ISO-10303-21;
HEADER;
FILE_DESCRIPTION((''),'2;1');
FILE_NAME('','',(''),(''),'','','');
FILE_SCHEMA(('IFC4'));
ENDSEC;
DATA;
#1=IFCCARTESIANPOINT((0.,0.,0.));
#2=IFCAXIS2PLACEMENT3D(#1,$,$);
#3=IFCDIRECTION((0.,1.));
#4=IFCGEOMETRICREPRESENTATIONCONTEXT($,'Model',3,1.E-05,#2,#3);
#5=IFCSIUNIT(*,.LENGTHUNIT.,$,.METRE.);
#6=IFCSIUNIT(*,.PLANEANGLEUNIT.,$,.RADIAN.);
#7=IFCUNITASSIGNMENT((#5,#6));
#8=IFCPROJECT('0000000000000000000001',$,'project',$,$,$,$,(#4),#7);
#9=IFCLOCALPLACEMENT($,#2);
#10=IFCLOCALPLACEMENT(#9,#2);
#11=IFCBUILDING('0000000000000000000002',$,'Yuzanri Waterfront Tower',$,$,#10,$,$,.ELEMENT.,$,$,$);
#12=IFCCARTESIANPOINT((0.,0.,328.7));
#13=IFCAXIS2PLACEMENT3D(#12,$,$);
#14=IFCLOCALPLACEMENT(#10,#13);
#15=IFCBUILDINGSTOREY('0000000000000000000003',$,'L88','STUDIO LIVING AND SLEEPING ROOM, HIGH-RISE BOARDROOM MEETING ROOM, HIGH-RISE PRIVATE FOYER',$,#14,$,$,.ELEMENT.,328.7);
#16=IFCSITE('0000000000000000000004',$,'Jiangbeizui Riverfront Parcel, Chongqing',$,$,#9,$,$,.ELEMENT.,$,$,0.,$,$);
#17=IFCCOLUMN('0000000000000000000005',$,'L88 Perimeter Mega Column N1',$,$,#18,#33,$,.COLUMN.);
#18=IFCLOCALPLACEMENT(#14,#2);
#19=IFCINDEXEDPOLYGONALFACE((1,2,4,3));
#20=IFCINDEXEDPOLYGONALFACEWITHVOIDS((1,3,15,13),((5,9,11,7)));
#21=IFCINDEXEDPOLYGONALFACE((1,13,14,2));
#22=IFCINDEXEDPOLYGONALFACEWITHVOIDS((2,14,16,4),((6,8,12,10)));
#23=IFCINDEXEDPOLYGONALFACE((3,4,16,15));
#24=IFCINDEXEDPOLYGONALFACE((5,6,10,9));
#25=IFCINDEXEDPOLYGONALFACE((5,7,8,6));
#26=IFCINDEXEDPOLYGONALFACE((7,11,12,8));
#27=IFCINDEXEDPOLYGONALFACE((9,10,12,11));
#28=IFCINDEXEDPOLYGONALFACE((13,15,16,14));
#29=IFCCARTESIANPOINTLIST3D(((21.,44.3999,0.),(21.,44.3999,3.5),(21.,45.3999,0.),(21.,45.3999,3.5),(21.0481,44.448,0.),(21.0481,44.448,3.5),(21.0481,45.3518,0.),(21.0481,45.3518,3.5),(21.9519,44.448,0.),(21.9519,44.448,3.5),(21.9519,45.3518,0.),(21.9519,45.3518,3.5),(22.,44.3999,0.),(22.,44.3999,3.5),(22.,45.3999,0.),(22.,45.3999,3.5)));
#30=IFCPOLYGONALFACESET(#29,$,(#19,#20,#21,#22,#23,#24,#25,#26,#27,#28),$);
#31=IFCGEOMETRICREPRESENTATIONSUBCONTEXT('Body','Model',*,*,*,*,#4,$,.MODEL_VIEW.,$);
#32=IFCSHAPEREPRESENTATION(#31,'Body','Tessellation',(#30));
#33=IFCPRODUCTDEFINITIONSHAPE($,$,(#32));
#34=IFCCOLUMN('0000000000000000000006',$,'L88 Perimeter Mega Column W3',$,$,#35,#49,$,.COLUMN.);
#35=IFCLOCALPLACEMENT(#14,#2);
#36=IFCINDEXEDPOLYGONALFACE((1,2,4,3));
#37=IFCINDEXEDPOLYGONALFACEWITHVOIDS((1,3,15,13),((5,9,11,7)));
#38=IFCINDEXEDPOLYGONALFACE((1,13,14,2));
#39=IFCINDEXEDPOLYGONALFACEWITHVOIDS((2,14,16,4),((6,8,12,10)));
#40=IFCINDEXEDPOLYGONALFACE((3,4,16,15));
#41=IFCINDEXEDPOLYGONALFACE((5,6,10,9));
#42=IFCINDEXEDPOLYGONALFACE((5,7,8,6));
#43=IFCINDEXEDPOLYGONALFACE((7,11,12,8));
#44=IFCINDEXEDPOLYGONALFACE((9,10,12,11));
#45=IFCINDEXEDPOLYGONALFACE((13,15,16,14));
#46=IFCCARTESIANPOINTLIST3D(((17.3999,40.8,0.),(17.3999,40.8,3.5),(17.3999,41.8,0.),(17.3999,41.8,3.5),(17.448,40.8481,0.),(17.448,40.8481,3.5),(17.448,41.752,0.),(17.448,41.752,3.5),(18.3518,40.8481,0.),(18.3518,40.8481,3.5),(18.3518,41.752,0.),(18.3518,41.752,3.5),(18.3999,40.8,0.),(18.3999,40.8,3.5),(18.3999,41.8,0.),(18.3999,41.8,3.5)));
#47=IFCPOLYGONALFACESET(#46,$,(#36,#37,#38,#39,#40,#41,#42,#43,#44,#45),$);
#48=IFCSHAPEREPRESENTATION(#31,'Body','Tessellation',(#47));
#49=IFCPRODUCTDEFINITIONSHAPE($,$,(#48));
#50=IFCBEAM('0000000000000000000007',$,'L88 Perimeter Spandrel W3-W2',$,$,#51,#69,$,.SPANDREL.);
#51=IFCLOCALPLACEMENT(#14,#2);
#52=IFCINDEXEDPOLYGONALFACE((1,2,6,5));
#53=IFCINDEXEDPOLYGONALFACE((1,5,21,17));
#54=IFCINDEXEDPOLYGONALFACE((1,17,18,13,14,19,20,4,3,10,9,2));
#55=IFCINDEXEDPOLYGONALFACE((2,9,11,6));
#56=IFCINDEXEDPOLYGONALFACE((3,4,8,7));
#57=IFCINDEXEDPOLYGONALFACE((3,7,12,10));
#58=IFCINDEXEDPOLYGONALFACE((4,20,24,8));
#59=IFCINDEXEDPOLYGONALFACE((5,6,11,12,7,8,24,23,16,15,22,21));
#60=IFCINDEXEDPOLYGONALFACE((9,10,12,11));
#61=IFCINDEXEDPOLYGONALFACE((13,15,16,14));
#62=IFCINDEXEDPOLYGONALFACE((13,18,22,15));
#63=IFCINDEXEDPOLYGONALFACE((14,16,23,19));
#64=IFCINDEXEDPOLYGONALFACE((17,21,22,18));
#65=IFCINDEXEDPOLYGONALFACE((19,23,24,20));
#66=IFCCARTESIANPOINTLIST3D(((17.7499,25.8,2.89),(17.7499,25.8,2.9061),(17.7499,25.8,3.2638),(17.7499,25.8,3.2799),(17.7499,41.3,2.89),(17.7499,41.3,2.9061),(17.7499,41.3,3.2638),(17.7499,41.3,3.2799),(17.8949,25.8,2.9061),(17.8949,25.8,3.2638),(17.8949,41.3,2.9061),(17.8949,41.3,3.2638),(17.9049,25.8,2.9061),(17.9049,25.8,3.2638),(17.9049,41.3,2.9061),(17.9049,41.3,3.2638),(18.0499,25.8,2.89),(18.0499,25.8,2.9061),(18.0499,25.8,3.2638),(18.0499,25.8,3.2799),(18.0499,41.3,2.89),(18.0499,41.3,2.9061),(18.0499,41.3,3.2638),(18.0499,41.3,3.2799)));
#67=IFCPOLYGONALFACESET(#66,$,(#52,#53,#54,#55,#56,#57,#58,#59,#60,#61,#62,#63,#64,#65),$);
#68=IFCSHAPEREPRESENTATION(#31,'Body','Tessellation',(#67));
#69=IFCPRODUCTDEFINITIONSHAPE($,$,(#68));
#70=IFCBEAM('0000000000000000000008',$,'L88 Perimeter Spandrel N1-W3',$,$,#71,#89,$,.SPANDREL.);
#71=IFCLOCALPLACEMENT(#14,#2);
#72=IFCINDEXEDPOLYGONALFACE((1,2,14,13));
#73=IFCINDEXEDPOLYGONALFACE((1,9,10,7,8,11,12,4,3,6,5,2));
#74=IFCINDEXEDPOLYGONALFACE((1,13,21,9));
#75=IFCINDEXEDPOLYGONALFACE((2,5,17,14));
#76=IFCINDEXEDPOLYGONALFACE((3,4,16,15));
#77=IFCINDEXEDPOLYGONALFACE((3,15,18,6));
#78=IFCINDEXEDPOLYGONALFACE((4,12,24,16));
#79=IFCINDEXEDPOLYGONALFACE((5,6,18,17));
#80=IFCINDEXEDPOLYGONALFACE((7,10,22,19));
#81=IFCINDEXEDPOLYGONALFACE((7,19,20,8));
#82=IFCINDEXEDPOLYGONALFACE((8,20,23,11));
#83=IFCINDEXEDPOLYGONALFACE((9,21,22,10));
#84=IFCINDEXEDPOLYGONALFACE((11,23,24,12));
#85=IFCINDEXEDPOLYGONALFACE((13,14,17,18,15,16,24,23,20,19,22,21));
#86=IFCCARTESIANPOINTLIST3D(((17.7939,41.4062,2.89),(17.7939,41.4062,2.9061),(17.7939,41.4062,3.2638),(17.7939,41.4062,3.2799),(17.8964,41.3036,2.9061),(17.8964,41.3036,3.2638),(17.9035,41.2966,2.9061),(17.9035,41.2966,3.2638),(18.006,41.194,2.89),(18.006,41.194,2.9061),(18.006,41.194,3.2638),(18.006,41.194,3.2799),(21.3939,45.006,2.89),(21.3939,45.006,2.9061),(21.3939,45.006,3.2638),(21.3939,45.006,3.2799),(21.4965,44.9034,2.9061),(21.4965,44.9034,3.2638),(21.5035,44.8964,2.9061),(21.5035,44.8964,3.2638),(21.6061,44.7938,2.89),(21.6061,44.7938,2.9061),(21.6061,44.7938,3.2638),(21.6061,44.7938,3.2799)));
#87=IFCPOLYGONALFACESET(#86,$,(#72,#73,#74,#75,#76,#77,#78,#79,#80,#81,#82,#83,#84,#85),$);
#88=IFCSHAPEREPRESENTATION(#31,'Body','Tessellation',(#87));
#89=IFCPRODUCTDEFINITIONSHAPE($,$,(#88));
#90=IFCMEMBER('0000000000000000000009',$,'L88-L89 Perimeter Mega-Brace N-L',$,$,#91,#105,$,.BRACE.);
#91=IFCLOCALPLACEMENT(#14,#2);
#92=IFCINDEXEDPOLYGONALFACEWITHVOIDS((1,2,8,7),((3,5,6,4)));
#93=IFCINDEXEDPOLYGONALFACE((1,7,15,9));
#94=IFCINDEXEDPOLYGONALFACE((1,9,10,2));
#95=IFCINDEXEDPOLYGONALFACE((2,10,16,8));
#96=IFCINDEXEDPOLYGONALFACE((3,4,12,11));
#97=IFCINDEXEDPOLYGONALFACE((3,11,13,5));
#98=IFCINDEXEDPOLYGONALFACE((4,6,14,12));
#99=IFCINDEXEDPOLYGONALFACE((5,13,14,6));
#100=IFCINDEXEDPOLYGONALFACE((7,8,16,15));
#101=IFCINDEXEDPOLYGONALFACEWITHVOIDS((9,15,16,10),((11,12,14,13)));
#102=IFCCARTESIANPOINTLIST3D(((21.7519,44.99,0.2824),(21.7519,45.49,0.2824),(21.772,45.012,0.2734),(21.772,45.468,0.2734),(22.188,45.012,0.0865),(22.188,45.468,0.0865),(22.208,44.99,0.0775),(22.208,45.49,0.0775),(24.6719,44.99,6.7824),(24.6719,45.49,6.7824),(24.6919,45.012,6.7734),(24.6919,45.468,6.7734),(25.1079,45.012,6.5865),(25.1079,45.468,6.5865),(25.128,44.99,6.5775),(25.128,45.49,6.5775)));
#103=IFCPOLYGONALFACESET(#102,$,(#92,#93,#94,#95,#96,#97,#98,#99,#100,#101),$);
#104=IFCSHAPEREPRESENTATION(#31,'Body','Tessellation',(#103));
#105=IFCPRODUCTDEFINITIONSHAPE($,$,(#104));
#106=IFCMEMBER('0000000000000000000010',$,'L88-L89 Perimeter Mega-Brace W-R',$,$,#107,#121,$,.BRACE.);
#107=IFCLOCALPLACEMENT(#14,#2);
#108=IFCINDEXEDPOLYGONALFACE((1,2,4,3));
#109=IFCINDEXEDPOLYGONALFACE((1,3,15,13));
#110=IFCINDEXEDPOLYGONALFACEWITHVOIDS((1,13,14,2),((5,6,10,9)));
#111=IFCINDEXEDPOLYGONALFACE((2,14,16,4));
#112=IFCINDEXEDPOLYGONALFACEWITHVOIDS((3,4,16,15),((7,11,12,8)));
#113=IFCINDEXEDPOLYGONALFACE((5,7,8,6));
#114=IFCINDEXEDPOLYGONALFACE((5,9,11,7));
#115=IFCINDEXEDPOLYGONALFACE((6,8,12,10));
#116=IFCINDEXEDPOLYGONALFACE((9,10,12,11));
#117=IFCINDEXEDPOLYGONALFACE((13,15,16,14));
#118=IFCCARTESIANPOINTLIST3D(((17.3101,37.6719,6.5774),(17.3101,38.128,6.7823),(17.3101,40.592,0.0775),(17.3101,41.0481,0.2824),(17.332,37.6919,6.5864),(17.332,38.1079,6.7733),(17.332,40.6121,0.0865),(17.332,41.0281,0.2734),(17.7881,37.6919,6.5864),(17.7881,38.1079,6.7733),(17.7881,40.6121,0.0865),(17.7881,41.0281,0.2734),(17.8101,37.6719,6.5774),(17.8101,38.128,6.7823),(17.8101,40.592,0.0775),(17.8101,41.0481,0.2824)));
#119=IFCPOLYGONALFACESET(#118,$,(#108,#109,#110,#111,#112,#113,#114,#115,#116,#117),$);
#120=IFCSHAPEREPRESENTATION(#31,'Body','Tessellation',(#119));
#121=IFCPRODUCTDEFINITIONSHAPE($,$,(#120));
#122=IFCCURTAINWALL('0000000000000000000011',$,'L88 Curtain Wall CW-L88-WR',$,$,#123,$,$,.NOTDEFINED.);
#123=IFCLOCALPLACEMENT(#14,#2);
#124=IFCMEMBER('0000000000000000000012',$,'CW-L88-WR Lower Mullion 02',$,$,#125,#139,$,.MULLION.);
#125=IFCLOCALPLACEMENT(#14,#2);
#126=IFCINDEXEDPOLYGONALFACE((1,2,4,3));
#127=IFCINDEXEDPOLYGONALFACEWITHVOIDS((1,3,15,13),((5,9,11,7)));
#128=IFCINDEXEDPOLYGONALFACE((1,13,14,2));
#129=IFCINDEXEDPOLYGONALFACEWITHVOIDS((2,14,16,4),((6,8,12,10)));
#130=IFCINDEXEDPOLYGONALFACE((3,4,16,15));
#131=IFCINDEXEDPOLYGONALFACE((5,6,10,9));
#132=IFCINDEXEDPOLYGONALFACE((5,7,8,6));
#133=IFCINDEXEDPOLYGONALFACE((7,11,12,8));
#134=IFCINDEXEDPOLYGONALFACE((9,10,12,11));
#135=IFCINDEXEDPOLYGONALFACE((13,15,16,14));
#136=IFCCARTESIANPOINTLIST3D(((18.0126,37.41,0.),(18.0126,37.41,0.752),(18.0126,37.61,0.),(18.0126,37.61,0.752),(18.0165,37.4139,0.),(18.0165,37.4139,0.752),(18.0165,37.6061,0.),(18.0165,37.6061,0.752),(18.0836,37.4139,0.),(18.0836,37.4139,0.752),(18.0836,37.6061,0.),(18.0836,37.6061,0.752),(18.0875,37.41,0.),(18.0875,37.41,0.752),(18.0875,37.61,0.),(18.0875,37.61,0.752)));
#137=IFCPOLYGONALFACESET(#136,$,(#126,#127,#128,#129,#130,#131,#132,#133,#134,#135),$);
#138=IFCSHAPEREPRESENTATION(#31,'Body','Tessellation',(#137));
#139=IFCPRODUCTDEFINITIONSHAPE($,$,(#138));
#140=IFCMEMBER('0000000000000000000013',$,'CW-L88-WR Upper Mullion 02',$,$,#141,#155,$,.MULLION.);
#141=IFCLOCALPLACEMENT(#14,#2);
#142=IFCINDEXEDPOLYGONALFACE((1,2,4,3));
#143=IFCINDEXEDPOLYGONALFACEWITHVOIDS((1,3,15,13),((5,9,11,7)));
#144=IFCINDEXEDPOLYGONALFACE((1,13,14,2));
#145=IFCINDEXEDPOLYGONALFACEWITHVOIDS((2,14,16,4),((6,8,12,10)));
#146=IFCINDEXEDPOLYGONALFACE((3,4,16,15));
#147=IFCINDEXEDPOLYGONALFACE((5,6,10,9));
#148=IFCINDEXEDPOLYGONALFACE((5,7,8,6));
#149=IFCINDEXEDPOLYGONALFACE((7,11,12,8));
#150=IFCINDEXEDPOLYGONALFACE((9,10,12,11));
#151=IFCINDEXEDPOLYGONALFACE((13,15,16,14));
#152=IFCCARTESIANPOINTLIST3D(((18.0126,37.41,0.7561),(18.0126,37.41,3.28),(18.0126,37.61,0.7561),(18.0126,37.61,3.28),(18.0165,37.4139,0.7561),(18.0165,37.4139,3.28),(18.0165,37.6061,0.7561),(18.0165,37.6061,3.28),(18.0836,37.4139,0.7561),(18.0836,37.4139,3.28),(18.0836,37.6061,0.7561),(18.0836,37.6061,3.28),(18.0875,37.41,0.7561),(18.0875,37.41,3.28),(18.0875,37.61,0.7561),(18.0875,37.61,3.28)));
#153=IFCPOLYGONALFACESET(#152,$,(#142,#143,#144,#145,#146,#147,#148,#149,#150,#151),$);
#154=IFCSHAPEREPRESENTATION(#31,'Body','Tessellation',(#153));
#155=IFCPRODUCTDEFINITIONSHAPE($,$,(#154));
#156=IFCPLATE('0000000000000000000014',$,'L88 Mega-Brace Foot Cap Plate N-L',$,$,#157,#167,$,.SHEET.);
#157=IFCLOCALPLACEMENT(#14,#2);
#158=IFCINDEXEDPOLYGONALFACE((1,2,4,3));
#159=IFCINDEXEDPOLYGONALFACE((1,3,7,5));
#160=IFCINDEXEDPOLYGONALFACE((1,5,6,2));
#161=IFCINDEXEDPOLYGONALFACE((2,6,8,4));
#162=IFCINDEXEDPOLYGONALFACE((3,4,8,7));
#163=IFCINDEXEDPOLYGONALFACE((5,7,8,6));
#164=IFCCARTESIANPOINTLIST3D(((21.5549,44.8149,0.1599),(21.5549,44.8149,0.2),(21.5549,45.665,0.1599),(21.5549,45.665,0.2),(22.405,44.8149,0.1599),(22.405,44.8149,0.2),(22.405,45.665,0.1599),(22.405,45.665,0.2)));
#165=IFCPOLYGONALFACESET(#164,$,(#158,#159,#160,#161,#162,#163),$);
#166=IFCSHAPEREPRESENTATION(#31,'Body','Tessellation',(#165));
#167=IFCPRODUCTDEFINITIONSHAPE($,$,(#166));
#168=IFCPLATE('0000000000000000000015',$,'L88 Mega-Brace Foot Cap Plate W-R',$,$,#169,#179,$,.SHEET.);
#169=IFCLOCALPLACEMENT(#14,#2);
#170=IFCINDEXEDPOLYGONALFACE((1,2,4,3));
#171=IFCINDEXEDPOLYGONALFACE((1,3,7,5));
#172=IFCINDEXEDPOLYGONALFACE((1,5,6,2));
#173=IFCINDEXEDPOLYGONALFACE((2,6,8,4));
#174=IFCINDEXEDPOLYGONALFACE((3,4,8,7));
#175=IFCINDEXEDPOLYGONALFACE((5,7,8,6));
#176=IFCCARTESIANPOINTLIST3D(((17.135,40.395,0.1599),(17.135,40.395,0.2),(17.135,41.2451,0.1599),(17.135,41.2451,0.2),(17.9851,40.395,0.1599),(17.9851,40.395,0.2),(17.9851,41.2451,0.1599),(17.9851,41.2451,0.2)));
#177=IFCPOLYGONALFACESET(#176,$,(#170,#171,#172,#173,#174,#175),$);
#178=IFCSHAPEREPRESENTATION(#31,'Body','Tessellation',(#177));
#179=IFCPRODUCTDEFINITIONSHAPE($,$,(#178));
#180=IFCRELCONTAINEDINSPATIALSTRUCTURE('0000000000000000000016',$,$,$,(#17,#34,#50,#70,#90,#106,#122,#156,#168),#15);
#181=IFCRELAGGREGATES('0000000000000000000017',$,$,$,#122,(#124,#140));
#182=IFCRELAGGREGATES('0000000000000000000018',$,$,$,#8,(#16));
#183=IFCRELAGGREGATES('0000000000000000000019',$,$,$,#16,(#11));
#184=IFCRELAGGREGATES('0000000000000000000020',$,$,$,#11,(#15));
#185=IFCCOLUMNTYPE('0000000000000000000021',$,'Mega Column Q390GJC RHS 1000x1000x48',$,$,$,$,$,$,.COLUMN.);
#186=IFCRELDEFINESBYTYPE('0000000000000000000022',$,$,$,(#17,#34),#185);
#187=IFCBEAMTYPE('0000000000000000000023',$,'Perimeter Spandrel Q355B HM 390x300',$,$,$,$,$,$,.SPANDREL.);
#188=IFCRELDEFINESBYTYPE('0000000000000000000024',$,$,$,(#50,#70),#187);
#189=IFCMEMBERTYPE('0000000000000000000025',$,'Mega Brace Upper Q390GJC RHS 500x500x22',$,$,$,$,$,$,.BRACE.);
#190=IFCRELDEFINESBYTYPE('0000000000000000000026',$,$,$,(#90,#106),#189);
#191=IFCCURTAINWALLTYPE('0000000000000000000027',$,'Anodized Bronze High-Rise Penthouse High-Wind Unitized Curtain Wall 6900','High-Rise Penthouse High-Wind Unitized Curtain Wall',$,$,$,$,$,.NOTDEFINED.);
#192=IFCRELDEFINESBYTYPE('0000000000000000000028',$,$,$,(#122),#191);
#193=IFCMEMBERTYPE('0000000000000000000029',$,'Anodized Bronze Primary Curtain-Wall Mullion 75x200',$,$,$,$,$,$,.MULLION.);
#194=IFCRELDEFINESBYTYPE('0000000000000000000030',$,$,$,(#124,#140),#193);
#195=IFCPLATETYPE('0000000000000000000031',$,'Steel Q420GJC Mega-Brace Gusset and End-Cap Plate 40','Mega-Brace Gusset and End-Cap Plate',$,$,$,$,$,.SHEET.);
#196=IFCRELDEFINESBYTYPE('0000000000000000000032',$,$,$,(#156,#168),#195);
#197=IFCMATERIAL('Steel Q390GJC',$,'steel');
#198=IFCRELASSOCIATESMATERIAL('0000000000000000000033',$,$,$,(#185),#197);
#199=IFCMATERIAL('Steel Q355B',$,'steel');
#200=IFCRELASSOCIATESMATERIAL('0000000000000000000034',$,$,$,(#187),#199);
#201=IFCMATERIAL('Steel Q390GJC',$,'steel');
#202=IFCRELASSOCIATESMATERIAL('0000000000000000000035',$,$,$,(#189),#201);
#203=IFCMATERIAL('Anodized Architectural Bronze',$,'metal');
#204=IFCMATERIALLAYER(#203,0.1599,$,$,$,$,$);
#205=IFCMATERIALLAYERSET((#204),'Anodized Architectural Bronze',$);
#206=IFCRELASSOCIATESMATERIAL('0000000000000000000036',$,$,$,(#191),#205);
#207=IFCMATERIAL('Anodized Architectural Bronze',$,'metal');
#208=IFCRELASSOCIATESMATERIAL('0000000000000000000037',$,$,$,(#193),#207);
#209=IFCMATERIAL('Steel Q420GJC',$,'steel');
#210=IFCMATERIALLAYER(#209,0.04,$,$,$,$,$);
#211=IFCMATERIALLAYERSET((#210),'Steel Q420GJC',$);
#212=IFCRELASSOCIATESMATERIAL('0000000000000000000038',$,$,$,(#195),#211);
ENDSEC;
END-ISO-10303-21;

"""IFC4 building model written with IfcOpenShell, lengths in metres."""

from ifc_helpers import new_model, si_unit, direction, frame, origin, origin_2d, place, context, subcontext, project, spatial, rectangle, hollow_rectangle, i_section, extrude, source, transform, mapped, material, layer, layer_set, material_profile, profile_set, type_object, element, aggregate, save


model = new_model("IFC4")

# Units and contexts
model_context = context("Model", 3, precision=1e-05, world=origin(), true_north=direction((0.0, 1.0)))
body_context = subcontext(model_context, "Body", "Model", "MODEL_VIEW")
ifc_project = project(units=[si_unit("LENGTHUNIT", "METRE"), si_unit("PLANEANGLEUNIT", "RADIAN")], contexts=[model_context])

# Site, building, storey
site_placement = place(None, origin())
site = spatial("IfcSite", under=ifc_project, at=site_placement, Name="Jiangbeizui Riverfront Parcel, Chongqing", CompositionType="ELEMENT", RefElevation=0.0)
building_placement = place(site_placement, origin())
building = spatial("IfcBuilding", under=site, at=building_placement, Name="Yuzanri Waterfront Tower", CompositionType="ELEMENT")
storey_placement = place(building_placement, frame((0.0, 0.0, 328.7)))
storey = spatial("IfcBuildingStorey", under=building, at=storey_placement, Name="L88", Description="STUDIO LIVING AND SLEEPING ROOM, HIGH-RISE BOARDROOM MEETING ROOM, HIGH-RISE PRIVATE FOYER", CompositionType="ELEMENT", Elevation=328.7)

# Columns
ifc_material_1 = material(Name="Steel Q390GJC", Category="steel")
ifc_material_profile_1 = material_profile(ifc_material_1, hollow_rectangle(XDim=1.0, YDim=1.0, WallThickness=0.0481, at=origin_2d()), Name="RHS 1000x1000x48")
ifc_profile_set_1 = profile_set([ifc_material_profile_1], Name="Steel Q390GJC")
column_type = type_object("IfcColumnType", Name="Mega Column Q390GJC RHS 1000x1000x48", PredefinedType="COLUMN", material=ifc_profile_set_1)
shared_shape_1 = source(origin(), body_context, "Body", "SweptSolid", [
    extrude(hollow_rectangle(XDim=1.0, YDim=1.0, WallThickness=0.0481, at=origin_2d()), origin(), (0.0, 0.0, 1.0), 3.5),
])
for number, where, z_axis, x_axis, name in (
    (1, (21.5, 44.8999, 0.0), (0.0, 0.0, 1.0), (1.0, 0.0, 0.0), "L88 Perimeter Mega Column N1"),
    (2, (17.8999, 41.3, 0.0), (0.0, 0.0, 1.0), (1.0, 0.0, 0.0), "L88 Perimeter Mega Column W3"),
):
    element("IfcColumn", number, at=place(storey_placement, frame(where, z_axis=z_axis, x_axis=x_axis)), inside=storey, type_object=column_type, Name=name, PredefinedType="COLUMN", context=body_context, shape_type="MappedRepresentation", body=[
        mapped(shared_shape_1, transform((0.0, 0.0, 0.0), scale=1.0)),
    ])

# Beams
ifc_material_2 = material(Name="Steel Q355B", Category="steel")
ifc_material_profile_2 = material_profile(ifc_material_2, i_section(OverallWidth=0.3, OverallDepth=0.3899, WebThickness=0.01, FlangeThickness=0.0161, at=origin_2d()), Name="HM 390x300x10x16")
ifc_profile_set_2 = profile_set([ifc_material_profile_2], Name="Steel Q355B")
beam_type = type_object("IfcBeamType", Name="Perimeter Spandrel Q355B HM 390x300", PredefinedType="SPANDREL", material=ifc_profile_set_2)
shared_shape_2 = source(origin(), body_context, "Body", "SweptSolid", [
    extrude(i_section(OverallWidth=0.3, OverallDepth=0.3899, WebThickness=0.01, FlangeThickness=0.0161, at=origin_2d()), origin(), (0.0, 0.0, 1.0), 15.5),
])
beam_1_placement = place(storey_placement, frame((17.8999, 41.3, 3.085), z_axis=(0.0, -1.0, 0.0), x_axis=(1.0, 0.0, 0.0)))
element("IfcBeam", 3, at=beam_1_placement, inside=storey, type_object=beam_type, Name="L88 Perimeter Spandrel W3-W2", PredefinedType="SPANDREL", context=body_context, shape_type="MappedRepresentation", body=[
    mapped(shared_shape_2, transform((0.0, 0.0, 0.0), scale=1.0)),
])
shared_shape_3 = source(origin(), body_context, "Body", "SweptSolid", [
    extrude(i_section(OverallWidth=0.3, OverallDepth=0.3899, WebThickness=0.01, FlangeThickness=0.0161, at=origin_2d()), origin(), (0.0, 0.0, 1.0), 5.0911),
])
beam_2_placement = place(storey_placement, frame((21.5, 44.8999, 3.085), z_axis=(-0.707131, -0.707083, 0.0), x_axis=(0.707083, -0.707131, 0.0)))
element("IfcBeam", 4, at=beam_2_placement, inside=storey, type_object=beam_type, Name="L88 Perimeter Spandrel N1-W3", PredefinedType="SPANDREL", context=body_context, shape_type="MappedRepresentation", body=[
    mapped(shared_shape_3, transform((0.0, 0.0, 0.0), scale=1.0)),
])

# Members
ifc_material_3 = material(Name="Steel Q390GJC", Category="steel")
ifc_material_profile_3 = material_profile(ifc_material_3, hollow_rectangle(XDim=0.5, YDim=0.5, WallThickness=0.022, at=origin_2d()), Name="RHS 500x500x22")
ifc_profile_set_3 = profile_set([ifc_material_profile_3], Name="Steel Q390GJC")
member_type_1 = type_object("IfcMemberType", Name="Mega Brace Upper Q390GJC RHS 500x500x22", PredefinedType="BRACE", material=ifc_profile_set_3)
shared_shape_4 = source(origin(), body_context, "Body", "SweptSolid", [
    extrude(hollow_rectangle(XDim=0.5, YDim=0.5, WallThickness=0.022, at=origin_2d()), origin(), (0.0, 0.0, 1.0), 7.1257),
])
for number, where, z_axis, x_axis, name in (
    (5, (21.98, 45.24, 0.1799), (0.409772, 0.0, 0.912188), (0.0, 1.0, 0.0), "L88-L89 Perimeter Mega-Brace N-L"),
    (6, (17.5601, 40.8201, 0.1799), (0.0, -0.4098, 0.912175), (1.0, 0.0, 0.0), "L88-L89 Perimeter Mega-Brace W-R"),
):
    element("IfcMember", number, at=place(storey_placement, frame(where, z_axis=z_axis, x_axis=x_axis)), inside=storey, type_object=member_type_1, Name=name, PredefinedType="BRACE", context=body_context, shape_type="MappedRepresentation", body=[
        mapped(shared_shape_4, transform((0.0, 0.0, 0.0), scale=1.0)),
    ])

# Curtain wall, members
ifc_material_4 = material(Name="Anodized Architectural Bronze", Category="metal")
ifc_layer_1 = layer(ifc_material_4, 0.1599)
ifc_layer_set_1 = layer_set([ifc_layer_1], Name="Anodized Architectural Bronze")
curtain_wall_type = type_object("IfcCurtainWallType", Name="Anodized Bronze High-Rise Penthouse High-Wind Unitized Curtain Wall 6900", Description="High-Rise Penthouse High-Wind Unitized Curtain Wall", PredefinedType="NOTDEFINED", material=ifc_layer_set_1)
curtain_wall_placement = place(storey_placement, origin())
curtain_wall = element("IfcCurtainWall", 7, at=curtain_wall_placement, inside=storey, type_object=curtain_wall_type, Name="L88 Curtain Wall CW-L88-WR", PredefinedType="NOTDEFINED")
ifc_material_5 = material(Name="Anodized Architectural Bronze", Category="metal")
ifc_material_profile_4 = material_profile(ifc_material_5, hollow_rectangle(XDim=0.075, YDim=0.2, WallThickness=0.0039, at=origin_2d()), Name="CWM 75x200")
ifc_profile_set_4 = profile_set([ifc_material_profile_4], Name="Anodized Architectural Bronze")
member_type_2 = type_object("IfcMemberType", Name="Anodized Bronze Primary Curtain-Wall Mullion 75x200", PredefinedType="MULLION", material=ifc_profile_set_4)
shared_shape_5 = source(origin(), body_context, "Body", "SweptSolid", [
    extrude(hollow_rectangle(XDim=0.075, YDim=0.2, WallThickness=0.0039, at=origin_2d()), origin(), (0.0, 0.0, 1.0), 0.752),
])
member_1_placement = place(storey_placement, frame((18.05, 37.51, 0.0), z_axis=(0.0, 0.0, 1.0), x_axis=(1.0, 0.0, 0.0)))
member_1 = element("IfcMember", 8, at=member_1_placement, type_object=member_type_2, Name="CW-L88-WR Lower Mullion 02", PredefinedType="MULLION", context=body_context, shape_type="MappedRepresentation", body=[
    mapped(shared_shape_5, transform((0.0, 0.0, 0.0), scale=1.0)),
])
shared_shape_6 = source(origin(), body_context, "Body", "SweptSolid", [
    extrude(hollow_rectangle(XDim=0.075, YDim=0.2, WallThickness=0.0039, at=origin_2d()), origin(), (0.0, 0.0, 1.0), 2.5239),
])
member_2_placement = place(storey_placement, frame((18.05, 37.51, 0.7561), z_axis=(0.0, 0.0, 1.0), x_axis=(1.0, 0.0, 0.0)))
member_2 = element("IfcMember", 9, at=member_2_placement, type_object=member_type_2, Name="CW-L88-WR Upper Mullion 02", PredefinedType="MULLION", context=body_context, shape_type="MappedRepresentation", body=[
    mapped(shared_shape_6, transform((0.0, 0.0, 0.0), scale=1.0)),
])

# Plates
ifc_material_6 = material(Name="Steel Q420GJC", Category="steel")
ifc_layer_2 = layer(ifc_material_6, 0.04)
ifc_layer_set_2 = layer_set([ifc_layer_2], Name="Steel Q420GJC")
plate_type_1 = type_object("IfcPlateType", Name="Steel Q420GJC Mega-Brace Gusset and End-Cap Plate 40", Description="Mega-Brace Gusset and End-Cap Plate", PredefinedType="SHEET", material=ifc_layer_set_2)
shared_shape_7 = source(origin(), body_context, "Body", "SweptSolid", [
    extrude(rectangle(XDim=0.8501, YDim=0.8501, at=origin_2d()), origin(), (0.0, 0.0, 1.0), 0.04),
])
for number, where, z_axis, x_axis, name in (
    (10, (21.98, 45.24, 0.1599), (0.0, 0.0, 1.0), (1.0, 0.0, 0.0), "L88 Mega-Brace Foot Cap Plate N-L"),
    (11, (17.5601, 40.8201, 0.1599), (0.0, 0.0, 1.0), (1.0, 0.0, 0.0), "L88 Mega-Brace Foot Cap Plate W-R"),
):
    element("IfcPlate", number, at=place(storey_placement, frame(where, z_axis=z_axis, x_axis=x_axis)), inside=storey, type_object=plate_type_1, Name=name, PredefinedType="SHEET", context=body_context, shape_type="MappedRepresentation", body=[
        mapped(shared_shape_7, transform((0.0, 0.0, 0.0), scale=1.0)),
    ])

aggregate(curtain_wall, [member_1, member_2])

save(model, "model.ifc")
